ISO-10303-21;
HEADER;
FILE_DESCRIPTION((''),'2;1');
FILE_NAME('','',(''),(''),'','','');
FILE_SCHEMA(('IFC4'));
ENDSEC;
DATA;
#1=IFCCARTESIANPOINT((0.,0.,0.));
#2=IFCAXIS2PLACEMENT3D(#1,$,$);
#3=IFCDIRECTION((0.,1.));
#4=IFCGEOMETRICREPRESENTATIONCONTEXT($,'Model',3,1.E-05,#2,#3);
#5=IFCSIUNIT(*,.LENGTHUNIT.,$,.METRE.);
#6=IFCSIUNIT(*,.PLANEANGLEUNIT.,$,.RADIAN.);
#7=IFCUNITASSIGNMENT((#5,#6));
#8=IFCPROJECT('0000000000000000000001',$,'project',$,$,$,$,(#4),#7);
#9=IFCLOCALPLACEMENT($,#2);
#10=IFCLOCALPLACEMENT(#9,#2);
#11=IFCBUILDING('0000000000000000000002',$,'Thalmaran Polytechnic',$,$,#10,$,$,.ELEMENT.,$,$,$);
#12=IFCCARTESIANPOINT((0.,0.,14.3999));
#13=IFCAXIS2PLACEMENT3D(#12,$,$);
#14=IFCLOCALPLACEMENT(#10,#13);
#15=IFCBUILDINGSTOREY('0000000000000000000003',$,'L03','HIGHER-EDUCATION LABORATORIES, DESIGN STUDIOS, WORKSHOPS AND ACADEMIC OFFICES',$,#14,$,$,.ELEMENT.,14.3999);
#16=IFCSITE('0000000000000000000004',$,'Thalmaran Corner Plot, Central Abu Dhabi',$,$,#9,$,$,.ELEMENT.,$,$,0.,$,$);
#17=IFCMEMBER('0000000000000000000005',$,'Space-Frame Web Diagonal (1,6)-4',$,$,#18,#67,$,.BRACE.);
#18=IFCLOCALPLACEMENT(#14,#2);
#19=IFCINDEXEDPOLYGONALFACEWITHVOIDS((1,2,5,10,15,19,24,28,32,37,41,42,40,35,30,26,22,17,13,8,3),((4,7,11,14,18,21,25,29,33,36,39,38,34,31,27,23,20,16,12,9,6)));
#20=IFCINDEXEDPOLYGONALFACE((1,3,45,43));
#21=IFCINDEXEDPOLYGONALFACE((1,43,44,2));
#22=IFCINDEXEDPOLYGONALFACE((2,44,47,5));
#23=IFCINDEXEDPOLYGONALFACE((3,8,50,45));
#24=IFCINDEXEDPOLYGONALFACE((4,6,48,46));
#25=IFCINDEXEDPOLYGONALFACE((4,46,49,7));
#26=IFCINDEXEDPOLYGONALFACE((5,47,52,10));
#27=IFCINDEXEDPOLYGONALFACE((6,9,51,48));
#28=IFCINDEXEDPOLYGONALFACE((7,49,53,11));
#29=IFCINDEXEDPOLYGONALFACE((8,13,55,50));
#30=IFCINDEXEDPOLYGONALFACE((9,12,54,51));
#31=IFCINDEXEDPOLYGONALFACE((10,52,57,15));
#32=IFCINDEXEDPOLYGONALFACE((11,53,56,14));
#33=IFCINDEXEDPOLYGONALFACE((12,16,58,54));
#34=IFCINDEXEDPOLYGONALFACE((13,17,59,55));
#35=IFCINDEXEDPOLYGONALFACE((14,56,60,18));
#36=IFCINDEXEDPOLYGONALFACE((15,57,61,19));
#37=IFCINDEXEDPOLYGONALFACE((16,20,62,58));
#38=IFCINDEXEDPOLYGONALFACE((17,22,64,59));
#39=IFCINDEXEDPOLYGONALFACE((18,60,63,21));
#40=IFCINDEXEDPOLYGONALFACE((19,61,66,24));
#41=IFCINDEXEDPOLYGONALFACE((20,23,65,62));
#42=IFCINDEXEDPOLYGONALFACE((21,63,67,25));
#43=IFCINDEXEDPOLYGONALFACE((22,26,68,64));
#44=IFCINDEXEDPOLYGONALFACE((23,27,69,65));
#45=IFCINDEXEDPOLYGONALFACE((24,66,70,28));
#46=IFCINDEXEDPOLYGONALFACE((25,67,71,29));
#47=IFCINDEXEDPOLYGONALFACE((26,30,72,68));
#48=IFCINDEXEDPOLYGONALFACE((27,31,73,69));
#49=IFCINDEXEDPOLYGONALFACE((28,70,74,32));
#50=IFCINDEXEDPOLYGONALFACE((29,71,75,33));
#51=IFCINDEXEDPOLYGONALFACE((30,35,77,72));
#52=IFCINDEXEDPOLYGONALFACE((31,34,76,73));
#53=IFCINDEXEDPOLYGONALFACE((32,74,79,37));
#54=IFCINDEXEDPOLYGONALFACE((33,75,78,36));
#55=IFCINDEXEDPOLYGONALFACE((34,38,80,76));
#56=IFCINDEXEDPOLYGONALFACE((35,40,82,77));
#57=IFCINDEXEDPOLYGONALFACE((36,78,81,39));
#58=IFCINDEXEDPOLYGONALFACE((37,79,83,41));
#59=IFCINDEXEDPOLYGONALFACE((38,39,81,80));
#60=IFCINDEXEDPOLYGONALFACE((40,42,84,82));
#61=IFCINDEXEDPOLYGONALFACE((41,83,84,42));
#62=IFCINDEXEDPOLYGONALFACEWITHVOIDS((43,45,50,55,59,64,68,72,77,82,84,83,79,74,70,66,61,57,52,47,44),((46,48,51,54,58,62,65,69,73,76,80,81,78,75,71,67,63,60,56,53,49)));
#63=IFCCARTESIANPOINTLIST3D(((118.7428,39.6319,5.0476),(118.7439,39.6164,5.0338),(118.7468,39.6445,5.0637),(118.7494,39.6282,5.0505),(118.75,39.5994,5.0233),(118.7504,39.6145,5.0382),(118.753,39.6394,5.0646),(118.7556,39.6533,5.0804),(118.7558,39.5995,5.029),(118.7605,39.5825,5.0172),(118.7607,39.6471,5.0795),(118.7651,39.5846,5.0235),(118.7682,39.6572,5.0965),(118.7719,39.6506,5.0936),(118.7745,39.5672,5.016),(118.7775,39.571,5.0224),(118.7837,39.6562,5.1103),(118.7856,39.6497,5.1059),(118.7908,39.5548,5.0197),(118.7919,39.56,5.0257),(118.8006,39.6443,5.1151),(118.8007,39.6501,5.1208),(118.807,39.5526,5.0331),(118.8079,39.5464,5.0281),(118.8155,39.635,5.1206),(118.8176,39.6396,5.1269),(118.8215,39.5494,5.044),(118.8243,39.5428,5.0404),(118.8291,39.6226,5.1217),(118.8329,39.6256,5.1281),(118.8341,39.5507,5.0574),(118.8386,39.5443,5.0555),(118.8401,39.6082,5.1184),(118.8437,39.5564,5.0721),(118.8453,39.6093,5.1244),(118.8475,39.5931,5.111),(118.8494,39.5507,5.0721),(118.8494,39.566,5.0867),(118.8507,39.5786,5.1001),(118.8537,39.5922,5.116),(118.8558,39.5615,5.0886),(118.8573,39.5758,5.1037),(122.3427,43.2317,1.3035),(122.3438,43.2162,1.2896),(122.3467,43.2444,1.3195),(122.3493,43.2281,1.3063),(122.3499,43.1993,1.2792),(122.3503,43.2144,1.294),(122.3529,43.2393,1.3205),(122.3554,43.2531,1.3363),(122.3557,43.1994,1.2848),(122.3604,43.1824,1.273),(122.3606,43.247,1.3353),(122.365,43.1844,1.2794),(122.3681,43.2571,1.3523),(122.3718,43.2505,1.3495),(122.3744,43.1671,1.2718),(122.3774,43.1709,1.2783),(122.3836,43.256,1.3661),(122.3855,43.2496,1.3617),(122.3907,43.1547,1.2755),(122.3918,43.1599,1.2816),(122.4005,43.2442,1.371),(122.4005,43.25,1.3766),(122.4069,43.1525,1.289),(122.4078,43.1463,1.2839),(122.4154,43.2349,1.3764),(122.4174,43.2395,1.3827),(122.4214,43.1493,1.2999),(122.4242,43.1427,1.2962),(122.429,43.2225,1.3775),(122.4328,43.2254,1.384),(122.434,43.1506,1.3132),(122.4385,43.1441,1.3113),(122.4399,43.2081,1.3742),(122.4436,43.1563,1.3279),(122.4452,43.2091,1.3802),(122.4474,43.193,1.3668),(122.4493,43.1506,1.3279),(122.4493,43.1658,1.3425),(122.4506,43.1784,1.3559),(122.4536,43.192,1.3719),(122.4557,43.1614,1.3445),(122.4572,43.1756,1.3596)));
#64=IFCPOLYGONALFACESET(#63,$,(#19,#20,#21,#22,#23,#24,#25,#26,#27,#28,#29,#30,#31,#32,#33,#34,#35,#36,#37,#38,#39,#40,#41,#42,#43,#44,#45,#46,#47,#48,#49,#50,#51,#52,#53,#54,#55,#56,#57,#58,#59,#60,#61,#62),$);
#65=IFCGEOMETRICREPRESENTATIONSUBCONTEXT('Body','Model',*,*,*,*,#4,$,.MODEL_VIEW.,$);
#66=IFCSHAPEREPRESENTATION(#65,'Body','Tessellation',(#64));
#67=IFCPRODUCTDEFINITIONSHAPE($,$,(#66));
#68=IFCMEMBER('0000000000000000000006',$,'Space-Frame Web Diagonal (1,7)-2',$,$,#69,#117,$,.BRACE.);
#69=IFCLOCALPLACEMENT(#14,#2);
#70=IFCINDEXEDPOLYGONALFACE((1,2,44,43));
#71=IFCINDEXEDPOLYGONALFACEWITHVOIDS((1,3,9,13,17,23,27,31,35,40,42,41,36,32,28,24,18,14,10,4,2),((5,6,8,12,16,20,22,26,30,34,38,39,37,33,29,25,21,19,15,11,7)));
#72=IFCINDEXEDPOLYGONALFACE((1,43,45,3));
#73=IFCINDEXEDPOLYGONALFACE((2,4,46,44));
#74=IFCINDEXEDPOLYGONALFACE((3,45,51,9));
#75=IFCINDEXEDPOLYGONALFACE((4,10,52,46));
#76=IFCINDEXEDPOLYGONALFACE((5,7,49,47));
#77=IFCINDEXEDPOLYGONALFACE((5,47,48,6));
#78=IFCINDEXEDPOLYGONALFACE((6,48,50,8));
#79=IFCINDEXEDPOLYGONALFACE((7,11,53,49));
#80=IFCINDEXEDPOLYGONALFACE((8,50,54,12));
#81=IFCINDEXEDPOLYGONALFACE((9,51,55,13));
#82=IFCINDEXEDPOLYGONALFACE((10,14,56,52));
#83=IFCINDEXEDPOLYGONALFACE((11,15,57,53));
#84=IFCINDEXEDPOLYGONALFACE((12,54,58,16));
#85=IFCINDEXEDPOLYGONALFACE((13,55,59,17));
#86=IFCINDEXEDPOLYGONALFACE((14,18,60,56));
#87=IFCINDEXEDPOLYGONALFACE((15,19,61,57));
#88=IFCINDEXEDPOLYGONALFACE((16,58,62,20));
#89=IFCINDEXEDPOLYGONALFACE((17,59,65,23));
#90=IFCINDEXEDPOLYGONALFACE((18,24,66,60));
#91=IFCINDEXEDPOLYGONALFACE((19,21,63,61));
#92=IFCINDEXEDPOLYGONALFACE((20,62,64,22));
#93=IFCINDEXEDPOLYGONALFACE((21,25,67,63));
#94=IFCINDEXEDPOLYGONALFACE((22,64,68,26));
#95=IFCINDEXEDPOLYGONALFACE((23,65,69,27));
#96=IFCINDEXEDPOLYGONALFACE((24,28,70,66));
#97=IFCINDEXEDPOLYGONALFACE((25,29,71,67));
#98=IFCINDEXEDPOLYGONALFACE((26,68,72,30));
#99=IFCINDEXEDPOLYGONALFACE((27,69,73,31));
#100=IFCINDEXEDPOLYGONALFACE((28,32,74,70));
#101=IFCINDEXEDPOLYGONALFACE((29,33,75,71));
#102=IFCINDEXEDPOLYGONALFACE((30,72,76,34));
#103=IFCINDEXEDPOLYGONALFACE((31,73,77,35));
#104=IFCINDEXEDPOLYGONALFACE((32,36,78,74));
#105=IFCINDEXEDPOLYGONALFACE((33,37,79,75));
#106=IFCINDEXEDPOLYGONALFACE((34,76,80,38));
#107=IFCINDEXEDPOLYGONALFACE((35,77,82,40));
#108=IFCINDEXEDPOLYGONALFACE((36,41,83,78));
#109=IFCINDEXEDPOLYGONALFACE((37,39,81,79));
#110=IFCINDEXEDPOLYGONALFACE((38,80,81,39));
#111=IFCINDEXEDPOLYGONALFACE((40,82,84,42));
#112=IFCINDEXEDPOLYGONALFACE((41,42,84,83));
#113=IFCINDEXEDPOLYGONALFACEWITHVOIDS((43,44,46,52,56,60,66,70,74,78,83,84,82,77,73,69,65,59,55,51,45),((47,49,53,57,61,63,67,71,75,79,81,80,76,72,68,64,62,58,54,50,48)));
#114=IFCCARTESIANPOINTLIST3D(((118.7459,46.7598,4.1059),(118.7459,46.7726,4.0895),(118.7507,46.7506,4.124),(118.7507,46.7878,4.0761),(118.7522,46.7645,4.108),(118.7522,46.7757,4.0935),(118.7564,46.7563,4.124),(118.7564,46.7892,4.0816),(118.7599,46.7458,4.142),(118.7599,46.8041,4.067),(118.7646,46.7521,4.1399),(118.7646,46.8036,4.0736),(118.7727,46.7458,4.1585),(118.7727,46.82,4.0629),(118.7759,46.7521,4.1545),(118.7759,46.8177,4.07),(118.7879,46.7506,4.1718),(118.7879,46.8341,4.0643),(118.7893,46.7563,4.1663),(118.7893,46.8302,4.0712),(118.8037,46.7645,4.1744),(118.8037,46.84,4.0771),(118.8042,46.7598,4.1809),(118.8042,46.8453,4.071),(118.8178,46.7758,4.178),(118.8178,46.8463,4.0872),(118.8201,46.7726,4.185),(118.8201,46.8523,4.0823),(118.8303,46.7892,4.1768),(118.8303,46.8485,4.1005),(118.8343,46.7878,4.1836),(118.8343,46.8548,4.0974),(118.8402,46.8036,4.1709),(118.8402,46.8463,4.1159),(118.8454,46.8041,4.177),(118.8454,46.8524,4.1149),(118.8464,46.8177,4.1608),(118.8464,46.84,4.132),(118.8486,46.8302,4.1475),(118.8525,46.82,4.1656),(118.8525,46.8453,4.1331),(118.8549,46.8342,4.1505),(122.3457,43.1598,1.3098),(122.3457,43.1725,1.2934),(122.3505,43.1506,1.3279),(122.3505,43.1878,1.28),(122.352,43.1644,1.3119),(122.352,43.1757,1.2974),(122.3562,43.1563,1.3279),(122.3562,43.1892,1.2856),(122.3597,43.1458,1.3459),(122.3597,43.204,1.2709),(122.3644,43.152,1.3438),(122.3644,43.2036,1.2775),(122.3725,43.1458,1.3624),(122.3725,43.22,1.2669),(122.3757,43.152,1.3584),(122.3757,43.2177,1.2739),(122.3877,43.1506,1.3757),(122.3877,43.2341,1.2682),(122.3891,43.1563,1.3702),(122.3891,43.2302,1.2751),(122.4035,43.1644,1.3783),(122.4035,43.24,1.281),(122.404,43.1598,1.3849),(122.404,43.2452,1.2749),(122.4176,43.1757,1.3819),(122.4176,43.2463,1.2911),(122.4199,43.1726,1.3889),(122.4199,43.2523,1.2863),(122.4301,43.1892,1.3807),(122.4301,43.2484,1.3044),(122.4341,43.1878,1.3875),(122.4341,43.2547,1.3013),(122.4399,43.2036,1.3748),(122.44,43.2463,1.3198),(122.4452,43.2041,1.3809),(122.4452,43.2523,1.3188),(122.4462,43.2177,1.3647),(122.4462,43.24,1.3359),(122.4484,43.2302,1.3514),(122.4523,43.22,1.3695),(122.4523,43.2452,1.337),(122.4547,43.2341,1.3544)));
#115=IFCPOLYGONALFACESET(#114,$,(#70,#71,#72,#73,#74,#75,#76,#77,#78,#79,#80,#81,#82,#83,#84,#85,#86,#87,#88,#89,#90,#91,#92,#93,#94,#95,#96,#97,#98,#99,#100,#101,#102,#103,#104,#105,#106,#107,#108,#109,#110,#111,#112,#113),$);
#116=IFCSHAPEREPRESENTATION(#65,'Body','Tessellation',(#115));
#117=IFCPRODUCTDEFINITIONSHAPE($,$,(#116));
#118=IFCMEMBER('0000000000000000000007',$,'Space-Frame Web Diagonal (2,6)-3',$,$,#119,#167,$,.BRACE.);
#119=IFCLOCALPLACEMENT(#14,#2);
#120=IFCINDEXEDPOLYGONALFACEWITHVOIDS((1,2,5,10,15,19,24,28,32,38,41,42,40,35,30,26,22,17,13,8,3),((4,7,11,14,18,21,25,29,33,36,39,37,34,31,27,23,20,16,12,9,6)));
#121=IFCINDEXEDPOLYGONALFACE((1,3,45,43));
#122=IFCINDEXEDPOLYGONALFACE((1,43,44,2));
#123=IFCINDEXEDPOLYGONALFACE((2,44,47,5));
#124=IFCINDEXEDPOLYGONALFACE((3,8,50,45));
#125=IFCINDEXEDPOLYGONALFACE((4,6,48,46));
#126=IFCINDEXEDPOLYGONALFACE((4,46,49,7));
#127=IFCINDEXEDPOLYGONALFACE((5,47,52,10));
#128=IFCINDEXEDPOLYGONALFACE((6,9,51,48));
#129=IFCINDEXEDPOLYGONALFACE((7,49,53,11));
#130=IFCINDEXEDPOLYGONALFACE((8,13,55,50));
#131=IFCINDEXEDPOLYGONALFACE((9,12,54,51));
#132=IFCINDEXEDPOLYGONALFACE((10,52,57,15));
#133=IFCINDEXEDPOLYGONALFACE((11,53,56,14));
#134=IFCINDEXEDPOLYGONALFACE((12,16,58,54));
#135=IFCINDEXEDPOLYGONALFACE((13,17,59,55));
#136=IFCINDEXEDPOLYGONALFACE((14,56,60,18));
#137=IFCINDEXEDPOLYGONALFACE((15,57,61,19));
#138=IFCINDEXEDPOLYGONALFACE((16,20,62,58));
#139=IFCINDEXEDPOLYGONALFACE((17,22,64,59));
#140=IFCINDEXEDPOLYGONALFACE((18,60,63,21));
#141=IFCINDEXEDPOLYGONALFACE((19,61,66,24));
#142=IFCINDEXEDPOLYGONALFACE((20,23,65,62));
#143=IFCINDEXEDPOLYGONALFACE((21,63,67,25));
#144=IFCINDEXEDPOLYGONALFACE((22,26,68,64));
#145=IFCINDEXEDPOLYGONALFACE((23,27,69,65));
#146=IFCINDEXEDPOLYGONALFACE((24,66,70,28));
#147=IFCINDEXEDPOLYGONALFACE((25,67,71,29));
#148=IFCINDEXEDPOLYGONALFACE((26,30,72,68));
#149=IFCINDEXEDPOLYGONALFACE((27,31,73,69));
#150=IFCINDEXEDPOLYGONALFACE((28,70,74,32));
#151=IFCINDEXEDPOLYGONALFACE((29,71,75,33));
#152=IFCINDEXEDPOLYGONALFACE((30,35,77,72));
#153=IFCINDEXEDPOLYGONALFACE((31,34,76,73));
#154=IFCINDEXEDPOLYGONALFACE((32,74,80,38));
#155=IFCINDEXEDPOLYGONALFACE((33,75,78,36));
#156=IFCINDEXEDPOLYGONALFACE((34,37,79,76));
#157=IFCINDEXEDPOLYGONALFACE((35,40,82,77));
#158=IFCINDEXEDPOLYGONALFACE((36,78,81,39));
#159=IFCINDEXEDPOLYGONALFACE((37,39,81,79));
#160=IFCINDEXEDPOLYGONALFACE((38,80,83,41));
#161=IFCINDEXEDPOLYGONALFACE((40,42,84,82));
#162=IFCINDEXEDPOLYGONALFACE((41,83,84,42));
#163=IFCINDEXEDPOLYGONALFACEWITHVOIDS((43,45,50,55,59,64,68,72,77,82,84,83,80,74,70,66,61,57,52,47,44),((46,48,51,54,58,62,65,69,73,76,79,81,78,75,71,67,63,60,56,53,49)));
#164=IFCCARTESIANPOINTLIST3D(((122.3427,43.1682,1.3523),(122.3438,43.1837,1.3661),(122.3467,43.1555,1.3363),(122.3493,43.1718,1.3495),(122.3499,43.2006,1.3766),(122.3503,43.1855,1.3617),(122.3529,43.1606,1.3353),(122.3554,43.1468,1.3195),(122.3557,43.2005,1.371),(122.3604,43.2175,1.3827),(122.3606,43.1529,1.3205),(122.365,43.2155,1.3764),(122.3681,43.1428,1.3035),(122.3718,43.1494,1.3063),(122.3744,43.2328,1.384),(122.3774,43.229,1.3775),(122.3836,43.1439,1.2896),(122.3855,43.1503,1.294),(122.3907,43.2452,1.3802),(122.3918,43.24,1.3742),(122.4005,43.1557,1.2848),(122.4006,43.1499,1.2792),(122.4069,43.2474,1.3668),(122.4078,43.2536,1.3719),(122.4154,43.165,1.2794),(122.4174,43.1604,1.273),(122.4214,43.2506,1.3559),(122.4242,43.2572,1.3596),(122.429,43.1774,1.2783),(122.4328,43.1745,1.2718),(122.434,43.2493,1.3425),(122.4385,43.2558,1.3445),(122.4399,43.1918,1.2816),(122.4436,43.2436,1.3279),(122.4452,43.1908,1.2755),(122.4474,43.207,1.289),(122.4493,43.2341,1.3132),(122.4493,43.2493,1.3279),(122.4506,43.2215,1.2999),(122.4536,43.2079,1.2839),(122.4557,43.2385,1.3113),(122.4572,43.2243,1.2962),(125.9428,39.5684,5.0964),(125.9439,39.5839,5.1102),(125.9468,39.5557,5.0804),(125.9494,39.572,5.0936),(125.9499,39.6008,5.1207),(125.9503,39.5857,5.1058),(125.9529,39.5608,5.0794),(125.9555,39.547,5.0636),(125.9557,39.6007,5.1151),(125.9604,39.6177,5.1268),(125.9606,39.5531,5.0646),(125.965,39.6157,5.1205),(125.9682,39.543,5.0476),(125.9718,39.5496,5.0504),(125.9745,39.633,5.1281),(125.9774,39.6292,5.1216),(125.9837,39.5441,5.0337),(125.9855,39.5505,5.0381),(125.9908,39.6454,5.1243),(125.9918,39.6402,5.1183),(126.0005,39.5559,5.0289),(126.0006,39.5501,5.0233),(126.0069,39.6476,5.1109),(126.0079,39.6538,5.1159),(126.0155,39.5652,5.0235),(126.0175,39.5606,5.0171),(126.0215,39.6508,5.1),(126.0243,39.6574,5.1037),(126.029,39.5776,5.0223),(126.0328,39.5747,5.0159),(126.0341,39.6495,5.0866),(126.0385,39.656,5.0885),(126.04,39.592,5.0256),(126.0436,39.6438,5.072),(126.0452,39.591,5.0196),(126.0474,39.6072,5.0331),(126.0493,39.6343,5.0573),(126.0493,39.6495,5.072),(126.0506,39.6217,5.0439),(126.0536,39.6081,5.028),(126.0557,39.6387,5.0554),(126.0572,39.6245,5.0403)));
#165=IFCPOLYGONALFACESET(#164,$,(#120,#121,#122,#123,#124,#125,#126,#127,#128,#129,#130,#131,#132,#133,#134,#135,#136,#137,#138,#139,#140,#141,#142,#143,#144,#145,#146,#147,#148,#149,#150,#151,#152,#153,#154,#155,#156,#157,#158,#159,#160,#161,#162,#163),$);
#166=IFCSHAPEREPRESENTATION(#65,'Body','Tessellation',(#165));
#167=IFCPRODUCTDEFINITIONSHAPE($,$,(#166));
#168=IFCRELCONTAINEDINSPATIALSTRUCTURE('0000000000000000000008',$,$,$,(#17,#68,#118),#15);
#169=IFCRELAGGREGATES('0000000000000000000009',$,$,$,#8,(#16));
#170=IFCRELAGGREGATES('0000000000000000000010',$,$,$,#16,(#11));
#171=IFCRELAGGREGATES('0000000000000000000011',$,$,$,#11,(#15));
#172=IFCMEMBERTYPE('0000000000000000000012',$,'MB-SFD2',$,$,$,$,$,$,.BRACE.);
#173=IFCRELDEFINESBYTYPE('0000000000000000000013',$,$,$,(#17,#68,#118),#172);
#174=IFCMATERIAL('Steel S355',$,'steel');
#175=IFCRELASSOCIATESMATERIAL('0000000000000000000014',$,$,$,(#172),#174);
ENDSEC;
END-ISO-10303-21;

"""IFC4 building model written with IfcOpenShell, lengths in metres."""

from ifc_helpers import new_model, si_unit, direction, frame, origin, origin_2d, place, context, subcontext, project, spatial, hollow_circle, extrude, material, material_profile, profile_set, type_object, element, save


model = new_model("IFC4")

# Units and contexts
model_context = context("Model", 3, precision=1e-05, world=origin(), true_north=direction((0.0, 1.0)))
body_context = subcontext(model_context, "Body", "Model", "MODEL_VIEW")
ifc_project = project(units=[si_unit("LENGTHUNIT", "METRE"), si_unit("PLANEANGLEUNIT", "RADIAN")], contexts=[model_context])

# Site, building, storey
site_placement = place(None, origin())
site = spatial("IfcSite", under=ifc_project, at=site_placement, Name="Thalmaran Corner Plot, Central Abu Dhabi", CompositionType="ELEMENT", RefElevation=0.0)
building_placement = place(site_placement, origin())
building = spatial("IfcBuilding", under=site, at=building_placement, Name="Thalmaran Polytechnic", CompositionType="ELEMENT")
storey_placement = place(building_placement, frame((0.0, 0.0, 14.3999)))
storey = spatial("IfcBuildingStorey", under=building, at=storey_placement, Name="L03", Description="HIGHER-EDUCATION LABORATORIES, DESIGN STUDIOS, WORKSHOPS AND ACADEMIC OFFICES", CompositionType="ELEMENT", Elevation=14.3999)

# Members
ifc_material = material(Name="Steel S355", Category="steel")
ifc_material_profile_1 = material_profile(ifc_material, hollow_circle(Radius=0.0698, WallThickness=0.0081, at=origin_2d()), Name="CHS 139.7x8.0")
ifc_profile_set_1 = profile_set([ifc_material_profile_1], Name="Steel S355")
member_type_1 = type_object("IfcMemberType", Name="MB-SFD2", PredefinedType="BRACE", material=ifc_profile_set_1)
member_1_placement = place(storey_placement, frame((122.3999, 43.2, 1.3279), z_axis=(-0.569639, -0.569639, 0.592471), x_axis=(0.707107, -0.707107, 0.0)))
element("IfcMember", 1, at=member_1_placement, inside=storey, type_object=member_type_1, Name="Space-Frame Web Diagonal (1,6)-4", PredefinedType="BRACE", context=body_context, shape_type="SweptSolid", body=[
    extrude(hollow_circle(Radius=0.0698, WallThickness=0.0081, at=origin_2d()), origin(), (0.0, 0.0, 1.0), 6.3196),
])
member_2_placement = place(storey_placement, frame((122.3999, 43.2, 1.3279), z_axis=(-0.619762, 0.619804, 0.481392), x_axis=(-0.707131, -0.707083, 0.0)))
element("IfcMember", 2, at=member_2_placement, inside=storey, type_object=member_type_1, Name="Space-Frame Web Diagonal (1,7)-2", PredefinedType="BRACE", context=body_context, shape_type="SweptSolid", body=[
    extrude(hollow_circle(Radius=0.0698, WallThickness=0.0081, at=origin_2d()), origin(), (0.0, 0.0, 1.0), 5.8083),
])
for number, where, z_axis, x_axis, name in (
    (3, (122.3999, 43.2, 1.3279), (0.569665, -0.569627, 0.592458), (0.707083, 0.707131, 0.0), "Space-Frame Web Diagonal (2,6)-3"),
):
    element("IfcMember", number, at=place(storey_placement, frame(where, z_axis=z_axis, x_axis=x_axis)), inside=storey, type_object=member_type_1, Name=name, PredefinedType="BRACE", context=body_context, shape_type="SweptSolid", body=[
        extrude(hollow_circle(Radius=0.0698, WallThickness=0.0081, at=origin_2d()), origin(), (0.0, 0.0, 1.0), 6.3196),
    ])

save(model, "model.ifc")
